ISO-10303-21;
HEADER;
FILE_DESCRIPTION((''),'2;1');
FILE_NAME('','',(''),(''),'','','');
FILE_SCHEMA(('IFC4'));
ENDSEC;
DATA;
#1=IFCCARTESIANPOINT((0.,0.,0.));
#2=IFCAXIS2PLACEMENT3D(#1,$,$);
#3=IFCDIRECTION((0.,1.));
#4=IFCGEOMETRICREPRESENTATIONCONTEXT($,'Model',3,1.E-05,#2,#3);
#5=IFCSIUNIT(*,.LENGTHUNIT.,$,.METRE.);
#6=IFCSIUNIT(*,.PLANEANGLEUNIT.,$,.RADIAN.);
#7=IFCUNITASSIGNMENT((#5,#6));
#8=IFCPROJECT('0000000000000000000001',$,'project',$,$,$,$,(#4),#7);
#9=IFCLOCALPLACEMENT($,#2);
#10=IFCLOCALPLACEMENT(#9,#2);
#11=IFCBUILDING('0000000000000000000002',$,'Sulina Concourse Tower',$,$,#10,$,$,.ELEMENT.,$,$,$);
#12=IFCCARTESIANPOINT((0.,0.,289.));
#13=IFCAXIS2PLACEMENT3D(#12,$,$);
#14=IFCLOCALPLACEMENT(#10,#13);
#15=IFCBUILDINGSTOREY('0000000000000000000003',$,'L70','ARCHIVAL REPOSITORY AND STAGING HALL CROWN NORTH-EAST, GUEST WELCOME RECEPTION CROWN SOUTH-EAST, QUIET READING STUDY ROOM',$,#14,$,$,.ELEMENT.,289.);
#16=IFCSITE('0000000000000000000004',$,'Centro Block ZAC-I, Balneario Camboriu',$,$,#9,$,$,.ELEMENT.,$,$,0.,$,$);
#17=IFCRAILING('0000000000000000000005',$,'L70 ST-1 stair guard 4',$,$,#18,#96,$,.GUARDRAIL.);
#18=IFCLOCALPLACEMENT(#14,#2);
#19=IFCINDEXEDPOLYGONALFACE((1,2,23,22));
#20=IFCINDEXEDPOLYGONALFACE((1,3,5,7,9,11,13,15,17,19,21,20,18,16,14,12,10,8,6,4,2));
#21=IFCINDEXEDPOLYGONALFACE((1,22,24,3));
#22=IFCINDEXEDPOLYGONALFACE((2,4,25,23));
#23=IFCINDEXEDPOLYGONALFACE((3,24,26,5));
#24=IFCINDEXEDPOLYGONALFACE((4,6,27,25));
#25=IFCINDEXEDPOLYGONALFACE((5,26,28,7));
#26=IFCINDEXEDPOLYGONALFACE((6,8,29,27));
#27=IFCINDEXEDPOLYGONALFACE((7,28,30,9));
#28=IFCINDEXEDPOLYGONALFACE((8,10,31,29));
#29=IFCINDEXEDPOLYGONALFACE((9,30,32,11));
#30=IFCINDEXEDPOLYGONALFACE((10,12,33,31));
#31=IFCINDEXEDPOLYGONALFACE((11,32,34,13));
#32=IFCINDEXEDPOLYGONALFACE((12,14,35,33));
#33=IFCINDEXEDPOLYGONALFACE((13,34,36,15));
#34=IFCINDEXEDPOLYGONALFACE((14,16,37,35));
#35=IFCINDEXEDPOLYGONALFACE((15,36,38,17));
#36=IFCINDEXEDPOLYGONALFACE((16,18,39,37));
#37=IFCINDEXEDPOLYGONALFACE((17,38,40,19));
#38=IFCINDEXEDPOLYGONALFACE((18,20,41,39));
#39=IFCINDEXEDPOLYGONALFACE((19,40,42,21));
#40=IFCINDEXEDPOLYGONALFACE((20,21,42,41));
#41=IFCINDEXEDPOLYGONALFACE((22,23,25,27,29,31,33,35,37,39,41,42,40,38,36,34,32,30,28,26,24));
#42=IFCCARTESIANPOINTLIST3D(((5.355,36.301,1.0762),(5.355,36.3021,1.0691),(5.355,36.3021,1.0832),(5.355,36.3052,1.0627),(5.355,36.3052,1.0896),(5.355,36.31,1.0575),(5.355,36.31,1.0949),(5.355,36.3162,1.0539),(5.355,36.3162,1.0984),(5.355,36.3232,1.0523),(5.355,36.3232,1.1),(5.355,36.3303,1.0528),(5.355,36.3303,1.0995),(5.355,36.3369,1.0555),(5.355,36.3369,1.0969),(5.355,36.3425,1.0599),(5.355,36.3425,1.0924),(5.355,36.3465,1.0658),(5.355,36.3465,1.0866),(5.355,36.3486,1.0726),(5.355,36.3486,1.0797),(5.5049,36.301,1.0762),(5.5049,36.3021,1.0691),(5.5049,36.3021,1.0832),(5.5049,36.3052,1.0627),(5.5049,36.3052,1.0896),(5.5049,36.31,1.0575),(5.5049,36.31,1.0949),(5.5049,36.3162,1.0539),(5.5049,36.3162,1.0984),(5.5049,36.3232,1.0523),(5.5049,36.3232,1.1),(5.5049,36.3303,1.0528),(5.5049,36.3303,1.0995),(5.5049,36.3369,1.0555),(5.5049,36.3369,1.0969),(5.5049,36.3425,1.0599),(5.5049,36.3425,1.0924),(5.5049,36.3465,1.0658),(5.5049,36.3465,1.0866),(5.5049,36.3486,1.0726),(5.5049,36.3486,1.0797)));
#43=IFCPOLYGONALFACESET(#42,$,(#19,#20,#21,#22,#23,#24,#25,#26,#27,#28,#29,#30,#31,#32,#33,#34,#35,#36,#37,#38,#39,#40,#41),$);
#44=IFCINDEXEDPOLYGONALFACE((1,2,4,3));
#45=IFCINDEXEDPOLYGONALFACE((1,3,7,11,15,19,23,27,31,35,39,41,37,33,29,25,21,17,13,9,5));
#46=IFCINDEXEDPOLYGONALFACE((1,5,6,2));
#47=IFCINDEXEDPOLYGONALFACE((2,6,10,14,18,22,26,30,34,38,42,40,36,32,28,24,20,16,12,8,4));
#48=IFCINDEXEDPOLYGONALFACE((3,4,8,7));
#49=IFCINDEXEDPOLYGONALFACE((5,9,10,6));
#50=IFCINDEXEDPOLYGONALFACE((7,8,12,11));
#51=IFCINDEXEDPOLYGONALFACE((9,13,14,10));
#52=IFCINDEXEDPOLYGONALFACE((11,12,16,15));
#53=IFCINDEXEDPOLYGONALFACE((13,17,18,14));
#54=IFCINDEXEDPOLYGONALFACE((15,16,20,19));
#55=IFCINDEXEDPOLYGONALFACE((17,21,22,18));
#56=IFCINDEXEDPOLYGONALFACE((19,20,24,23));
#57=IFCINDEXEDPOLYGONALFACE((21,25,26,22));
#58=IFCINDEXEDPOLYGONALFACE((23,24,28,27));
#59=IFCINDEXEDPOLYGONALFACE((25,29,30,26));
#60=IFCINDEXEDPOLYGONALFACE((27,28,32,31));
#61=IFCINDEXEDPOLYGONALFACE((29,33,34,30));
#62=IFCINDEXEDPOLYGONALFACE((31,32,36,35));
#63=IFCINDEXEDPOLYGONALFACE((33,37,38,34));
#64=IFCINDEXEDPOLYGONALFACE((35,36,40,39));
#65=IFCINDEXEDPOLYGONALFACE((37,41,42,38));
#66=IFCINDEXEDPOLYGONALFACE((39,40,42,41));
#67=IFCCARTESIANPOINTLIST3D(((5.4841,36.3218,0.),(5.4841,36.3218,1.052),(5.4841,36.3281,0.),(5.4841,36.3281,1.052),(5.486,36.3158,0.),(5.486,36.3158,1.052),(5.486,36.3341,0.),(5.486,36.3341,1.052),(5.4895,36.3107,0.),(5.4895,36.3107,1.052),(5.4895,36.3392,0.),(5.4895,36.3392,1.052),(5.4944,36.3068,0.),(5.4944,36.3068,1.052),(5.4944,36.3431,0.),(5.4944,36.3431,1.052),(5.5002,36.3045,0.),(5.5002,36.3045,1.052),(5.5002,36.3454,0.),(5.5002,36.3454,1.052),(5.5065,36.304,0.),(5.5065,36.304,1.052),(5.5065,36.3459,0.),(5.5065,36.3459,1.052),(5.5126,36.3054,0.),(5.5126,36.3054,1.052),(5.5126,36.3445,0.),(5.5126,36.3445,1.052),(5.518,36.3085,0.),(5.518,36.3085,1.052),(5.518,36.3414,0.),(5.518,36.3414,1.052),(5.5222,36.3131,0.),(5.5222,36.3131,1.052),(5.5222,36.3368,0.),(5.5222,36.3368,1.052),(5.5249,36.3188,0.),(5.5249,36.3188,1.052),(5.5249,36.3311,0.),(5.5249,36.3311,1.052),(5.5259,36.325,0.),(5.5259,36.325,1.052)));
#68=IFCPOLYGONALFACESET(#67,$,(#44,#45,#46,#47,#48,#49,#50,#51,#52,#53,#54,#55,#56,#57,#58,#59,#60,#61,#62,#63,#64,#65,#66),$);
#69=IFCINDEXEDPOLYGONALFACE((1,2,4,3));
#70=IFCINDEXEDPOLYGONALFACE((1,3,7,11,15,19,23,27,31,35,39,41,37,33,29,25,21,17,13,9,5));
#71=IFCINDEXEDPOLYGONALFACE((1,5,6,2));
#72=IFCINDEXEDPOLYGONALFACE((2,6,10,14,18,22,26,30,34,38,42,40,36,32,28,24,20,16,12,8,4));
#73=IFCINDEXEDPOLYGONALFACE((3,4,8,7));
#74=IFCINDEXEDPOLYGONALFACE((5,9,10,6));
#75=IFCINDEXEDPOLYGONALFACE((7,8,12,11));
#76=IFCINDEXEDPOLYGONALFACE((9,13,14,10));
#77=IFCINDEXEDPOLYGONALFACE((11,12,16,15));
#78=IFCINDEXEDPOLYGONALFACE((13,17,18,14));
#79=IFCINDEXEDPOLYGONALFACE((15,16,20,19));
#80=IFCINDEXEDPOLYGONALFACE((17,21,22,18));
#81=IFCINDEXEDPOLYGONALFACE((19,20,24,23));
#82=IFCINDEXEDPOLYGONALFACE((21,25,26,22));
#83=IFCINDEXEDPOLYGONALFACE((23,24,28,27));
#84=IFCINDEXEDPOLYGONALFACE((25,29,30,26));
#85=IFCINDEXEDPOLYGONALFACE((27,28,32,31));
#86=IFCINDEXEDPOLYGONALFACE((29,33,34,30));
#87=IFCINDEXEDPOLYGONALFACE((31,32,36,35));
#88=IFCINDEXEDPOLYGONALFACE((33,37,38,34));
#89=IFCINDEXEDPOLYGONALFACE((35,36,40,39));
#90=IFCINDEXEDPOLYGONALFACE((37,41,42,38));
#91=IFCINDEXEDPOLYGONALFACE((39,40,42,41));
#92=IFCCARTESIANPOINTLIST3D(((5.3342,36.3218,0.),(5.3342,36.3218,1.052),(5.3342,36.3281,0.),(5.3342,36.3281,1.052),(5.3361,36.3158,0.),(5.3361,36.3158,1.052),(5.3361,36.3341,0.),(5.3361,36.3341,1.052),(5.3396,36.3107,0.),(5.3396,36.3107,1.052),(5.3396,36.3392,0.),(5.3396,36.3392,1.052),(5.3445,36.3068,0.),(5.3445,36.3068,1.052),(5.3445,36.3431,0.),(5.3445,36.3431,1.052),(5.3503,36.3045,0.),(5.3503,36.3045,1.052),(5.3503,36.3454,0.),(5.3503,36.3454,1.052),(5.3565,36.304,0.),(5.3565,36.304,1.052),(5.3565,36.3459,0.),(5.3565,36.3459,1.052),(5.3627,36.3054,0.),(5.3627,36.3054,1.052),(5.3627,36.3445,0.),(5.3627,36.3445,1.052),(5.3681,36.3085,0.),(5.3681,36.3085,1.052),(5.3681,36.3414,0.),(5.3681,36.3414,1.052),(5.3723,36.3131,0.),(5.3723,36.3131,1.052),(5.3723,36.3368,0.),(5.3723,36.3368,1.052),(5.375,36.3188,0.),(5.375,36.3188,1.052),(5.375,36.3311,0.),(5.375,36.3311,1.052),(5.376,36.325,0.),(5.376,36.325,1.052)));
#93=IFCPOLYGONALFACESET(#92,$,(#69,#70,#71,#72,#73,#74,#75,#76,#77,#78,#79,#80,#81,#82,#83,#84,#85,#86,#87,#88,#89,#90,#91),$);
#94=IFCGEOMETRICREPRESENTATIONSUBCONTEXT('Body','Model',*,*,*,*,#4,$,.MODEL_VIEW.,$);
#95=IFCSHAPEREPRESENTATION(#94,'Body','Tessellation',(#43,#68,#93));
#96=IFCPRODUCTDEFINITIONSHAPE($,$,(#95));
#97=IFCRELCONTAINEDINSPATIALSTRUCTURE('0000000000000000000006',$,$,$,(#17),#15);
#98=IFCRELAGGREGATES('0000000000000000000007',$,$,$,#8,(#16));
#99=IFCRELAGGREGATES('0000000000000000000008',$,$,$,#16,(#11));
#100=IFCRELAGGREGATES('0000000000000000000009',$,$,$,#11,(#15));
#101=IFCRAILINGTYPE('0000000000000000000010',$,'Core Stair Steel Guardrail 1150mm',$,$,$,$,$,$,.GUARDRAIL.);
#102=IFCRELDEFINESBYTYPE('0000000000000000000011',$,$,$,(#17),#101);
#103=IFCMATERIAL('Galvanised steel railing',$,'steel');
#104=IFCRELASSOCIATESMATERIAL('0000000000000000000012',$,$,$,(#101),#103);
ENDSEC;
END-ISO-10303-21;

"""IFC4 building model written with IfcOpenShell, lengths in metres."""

from ifc_helpers import new_model, si_unit, direction, frame, origin, origin_2d, place, context, subcontext, project, spatial, circle, extrude, material, type_object, element, save


model = new_model("IFC4")

# Units and contexts
model_context = context("Model", 3, precision=1e-05, world=origin(), true_north=direction((0.0, 1.0)))
body_context = subcontext(model_context, "Body", "Model", "MODEL_VIEW")
ifc_project = project(units=[si_unit("LENGTHUNIT", "METRE"), si_unit("PLANEANGLEUNIT", "RADIAN")], contexts=[model_context])

# Site, building, storey
site_placement = place(None, origin())
site = spatial("IfcSite", under=ifc_project, at=site_placement, Name="Centro Block ZAC-I, Balneario Camboriu", CompositionType="ELEMENT", RefElevation=0.0)
building_placement = place(site_placement, origin())
building = spatial("IfcBuilding", under=site, at=building_placement, Name="Sulina Concourse Tower", CompositionType="ELEMENT")
storey_placement = place(building_placement, frame((0.0, 0.0, 289.0)))
storey = spatial("IfcBuildingStorey", under=building, at=storey_placement, Name="L70", Description="ARCHIVAL REPOSITORY AND STAGING HALL CROWN NORTH-EAST, GUEST WELCOME RECEPTION CROWN SOUTH-EAST, QUIET READING STUDY ROOM", CompositionType="ELEMENT", Elevation=289.0)

# Railing
ifc_material_1 = material(Name="Galvanised steel railing", Category="steel")
railing_type_1 = type_object("IfcRailingType", Name="Core Stair Steel Guardrail 1150mm", PredefinedType="GUARDRAIL", material=ifc_material_1)
railing_1_placement = place(storey_placement, frame((5.5049, 36.325, 0.0)))
element("IfcRailing", 1, at=railing_1_placement, inside=storey, type_object=railing_type_1, Name="L70 ST-1 stair guard 4", PredefinedType="GUARDRAIL", context=body_context, shape_type="SweptSolid", body=[
    extrude(circle(Radius=0.0239, at=origin_2d()), frame((0.0, 0.0, 1.0762), z_axis=(-1.0, 0.0, 0.0), x_axis=(0.0, -1.0, 0.0)), (0.0, 0.0, 1.0), 0.1499),
    extrude(circle(Radius=0.021, at=origin_2d()), origin(), (0.0, 0.0, 1.0), 1.052),
    extrude(circle(Radius=0.021, at=origin_2d()), frame((-0.1499, 0.0, 0.0)), (0.0, 0.0, 1.0), 1.052),
])

save(model, "model.ifc")
